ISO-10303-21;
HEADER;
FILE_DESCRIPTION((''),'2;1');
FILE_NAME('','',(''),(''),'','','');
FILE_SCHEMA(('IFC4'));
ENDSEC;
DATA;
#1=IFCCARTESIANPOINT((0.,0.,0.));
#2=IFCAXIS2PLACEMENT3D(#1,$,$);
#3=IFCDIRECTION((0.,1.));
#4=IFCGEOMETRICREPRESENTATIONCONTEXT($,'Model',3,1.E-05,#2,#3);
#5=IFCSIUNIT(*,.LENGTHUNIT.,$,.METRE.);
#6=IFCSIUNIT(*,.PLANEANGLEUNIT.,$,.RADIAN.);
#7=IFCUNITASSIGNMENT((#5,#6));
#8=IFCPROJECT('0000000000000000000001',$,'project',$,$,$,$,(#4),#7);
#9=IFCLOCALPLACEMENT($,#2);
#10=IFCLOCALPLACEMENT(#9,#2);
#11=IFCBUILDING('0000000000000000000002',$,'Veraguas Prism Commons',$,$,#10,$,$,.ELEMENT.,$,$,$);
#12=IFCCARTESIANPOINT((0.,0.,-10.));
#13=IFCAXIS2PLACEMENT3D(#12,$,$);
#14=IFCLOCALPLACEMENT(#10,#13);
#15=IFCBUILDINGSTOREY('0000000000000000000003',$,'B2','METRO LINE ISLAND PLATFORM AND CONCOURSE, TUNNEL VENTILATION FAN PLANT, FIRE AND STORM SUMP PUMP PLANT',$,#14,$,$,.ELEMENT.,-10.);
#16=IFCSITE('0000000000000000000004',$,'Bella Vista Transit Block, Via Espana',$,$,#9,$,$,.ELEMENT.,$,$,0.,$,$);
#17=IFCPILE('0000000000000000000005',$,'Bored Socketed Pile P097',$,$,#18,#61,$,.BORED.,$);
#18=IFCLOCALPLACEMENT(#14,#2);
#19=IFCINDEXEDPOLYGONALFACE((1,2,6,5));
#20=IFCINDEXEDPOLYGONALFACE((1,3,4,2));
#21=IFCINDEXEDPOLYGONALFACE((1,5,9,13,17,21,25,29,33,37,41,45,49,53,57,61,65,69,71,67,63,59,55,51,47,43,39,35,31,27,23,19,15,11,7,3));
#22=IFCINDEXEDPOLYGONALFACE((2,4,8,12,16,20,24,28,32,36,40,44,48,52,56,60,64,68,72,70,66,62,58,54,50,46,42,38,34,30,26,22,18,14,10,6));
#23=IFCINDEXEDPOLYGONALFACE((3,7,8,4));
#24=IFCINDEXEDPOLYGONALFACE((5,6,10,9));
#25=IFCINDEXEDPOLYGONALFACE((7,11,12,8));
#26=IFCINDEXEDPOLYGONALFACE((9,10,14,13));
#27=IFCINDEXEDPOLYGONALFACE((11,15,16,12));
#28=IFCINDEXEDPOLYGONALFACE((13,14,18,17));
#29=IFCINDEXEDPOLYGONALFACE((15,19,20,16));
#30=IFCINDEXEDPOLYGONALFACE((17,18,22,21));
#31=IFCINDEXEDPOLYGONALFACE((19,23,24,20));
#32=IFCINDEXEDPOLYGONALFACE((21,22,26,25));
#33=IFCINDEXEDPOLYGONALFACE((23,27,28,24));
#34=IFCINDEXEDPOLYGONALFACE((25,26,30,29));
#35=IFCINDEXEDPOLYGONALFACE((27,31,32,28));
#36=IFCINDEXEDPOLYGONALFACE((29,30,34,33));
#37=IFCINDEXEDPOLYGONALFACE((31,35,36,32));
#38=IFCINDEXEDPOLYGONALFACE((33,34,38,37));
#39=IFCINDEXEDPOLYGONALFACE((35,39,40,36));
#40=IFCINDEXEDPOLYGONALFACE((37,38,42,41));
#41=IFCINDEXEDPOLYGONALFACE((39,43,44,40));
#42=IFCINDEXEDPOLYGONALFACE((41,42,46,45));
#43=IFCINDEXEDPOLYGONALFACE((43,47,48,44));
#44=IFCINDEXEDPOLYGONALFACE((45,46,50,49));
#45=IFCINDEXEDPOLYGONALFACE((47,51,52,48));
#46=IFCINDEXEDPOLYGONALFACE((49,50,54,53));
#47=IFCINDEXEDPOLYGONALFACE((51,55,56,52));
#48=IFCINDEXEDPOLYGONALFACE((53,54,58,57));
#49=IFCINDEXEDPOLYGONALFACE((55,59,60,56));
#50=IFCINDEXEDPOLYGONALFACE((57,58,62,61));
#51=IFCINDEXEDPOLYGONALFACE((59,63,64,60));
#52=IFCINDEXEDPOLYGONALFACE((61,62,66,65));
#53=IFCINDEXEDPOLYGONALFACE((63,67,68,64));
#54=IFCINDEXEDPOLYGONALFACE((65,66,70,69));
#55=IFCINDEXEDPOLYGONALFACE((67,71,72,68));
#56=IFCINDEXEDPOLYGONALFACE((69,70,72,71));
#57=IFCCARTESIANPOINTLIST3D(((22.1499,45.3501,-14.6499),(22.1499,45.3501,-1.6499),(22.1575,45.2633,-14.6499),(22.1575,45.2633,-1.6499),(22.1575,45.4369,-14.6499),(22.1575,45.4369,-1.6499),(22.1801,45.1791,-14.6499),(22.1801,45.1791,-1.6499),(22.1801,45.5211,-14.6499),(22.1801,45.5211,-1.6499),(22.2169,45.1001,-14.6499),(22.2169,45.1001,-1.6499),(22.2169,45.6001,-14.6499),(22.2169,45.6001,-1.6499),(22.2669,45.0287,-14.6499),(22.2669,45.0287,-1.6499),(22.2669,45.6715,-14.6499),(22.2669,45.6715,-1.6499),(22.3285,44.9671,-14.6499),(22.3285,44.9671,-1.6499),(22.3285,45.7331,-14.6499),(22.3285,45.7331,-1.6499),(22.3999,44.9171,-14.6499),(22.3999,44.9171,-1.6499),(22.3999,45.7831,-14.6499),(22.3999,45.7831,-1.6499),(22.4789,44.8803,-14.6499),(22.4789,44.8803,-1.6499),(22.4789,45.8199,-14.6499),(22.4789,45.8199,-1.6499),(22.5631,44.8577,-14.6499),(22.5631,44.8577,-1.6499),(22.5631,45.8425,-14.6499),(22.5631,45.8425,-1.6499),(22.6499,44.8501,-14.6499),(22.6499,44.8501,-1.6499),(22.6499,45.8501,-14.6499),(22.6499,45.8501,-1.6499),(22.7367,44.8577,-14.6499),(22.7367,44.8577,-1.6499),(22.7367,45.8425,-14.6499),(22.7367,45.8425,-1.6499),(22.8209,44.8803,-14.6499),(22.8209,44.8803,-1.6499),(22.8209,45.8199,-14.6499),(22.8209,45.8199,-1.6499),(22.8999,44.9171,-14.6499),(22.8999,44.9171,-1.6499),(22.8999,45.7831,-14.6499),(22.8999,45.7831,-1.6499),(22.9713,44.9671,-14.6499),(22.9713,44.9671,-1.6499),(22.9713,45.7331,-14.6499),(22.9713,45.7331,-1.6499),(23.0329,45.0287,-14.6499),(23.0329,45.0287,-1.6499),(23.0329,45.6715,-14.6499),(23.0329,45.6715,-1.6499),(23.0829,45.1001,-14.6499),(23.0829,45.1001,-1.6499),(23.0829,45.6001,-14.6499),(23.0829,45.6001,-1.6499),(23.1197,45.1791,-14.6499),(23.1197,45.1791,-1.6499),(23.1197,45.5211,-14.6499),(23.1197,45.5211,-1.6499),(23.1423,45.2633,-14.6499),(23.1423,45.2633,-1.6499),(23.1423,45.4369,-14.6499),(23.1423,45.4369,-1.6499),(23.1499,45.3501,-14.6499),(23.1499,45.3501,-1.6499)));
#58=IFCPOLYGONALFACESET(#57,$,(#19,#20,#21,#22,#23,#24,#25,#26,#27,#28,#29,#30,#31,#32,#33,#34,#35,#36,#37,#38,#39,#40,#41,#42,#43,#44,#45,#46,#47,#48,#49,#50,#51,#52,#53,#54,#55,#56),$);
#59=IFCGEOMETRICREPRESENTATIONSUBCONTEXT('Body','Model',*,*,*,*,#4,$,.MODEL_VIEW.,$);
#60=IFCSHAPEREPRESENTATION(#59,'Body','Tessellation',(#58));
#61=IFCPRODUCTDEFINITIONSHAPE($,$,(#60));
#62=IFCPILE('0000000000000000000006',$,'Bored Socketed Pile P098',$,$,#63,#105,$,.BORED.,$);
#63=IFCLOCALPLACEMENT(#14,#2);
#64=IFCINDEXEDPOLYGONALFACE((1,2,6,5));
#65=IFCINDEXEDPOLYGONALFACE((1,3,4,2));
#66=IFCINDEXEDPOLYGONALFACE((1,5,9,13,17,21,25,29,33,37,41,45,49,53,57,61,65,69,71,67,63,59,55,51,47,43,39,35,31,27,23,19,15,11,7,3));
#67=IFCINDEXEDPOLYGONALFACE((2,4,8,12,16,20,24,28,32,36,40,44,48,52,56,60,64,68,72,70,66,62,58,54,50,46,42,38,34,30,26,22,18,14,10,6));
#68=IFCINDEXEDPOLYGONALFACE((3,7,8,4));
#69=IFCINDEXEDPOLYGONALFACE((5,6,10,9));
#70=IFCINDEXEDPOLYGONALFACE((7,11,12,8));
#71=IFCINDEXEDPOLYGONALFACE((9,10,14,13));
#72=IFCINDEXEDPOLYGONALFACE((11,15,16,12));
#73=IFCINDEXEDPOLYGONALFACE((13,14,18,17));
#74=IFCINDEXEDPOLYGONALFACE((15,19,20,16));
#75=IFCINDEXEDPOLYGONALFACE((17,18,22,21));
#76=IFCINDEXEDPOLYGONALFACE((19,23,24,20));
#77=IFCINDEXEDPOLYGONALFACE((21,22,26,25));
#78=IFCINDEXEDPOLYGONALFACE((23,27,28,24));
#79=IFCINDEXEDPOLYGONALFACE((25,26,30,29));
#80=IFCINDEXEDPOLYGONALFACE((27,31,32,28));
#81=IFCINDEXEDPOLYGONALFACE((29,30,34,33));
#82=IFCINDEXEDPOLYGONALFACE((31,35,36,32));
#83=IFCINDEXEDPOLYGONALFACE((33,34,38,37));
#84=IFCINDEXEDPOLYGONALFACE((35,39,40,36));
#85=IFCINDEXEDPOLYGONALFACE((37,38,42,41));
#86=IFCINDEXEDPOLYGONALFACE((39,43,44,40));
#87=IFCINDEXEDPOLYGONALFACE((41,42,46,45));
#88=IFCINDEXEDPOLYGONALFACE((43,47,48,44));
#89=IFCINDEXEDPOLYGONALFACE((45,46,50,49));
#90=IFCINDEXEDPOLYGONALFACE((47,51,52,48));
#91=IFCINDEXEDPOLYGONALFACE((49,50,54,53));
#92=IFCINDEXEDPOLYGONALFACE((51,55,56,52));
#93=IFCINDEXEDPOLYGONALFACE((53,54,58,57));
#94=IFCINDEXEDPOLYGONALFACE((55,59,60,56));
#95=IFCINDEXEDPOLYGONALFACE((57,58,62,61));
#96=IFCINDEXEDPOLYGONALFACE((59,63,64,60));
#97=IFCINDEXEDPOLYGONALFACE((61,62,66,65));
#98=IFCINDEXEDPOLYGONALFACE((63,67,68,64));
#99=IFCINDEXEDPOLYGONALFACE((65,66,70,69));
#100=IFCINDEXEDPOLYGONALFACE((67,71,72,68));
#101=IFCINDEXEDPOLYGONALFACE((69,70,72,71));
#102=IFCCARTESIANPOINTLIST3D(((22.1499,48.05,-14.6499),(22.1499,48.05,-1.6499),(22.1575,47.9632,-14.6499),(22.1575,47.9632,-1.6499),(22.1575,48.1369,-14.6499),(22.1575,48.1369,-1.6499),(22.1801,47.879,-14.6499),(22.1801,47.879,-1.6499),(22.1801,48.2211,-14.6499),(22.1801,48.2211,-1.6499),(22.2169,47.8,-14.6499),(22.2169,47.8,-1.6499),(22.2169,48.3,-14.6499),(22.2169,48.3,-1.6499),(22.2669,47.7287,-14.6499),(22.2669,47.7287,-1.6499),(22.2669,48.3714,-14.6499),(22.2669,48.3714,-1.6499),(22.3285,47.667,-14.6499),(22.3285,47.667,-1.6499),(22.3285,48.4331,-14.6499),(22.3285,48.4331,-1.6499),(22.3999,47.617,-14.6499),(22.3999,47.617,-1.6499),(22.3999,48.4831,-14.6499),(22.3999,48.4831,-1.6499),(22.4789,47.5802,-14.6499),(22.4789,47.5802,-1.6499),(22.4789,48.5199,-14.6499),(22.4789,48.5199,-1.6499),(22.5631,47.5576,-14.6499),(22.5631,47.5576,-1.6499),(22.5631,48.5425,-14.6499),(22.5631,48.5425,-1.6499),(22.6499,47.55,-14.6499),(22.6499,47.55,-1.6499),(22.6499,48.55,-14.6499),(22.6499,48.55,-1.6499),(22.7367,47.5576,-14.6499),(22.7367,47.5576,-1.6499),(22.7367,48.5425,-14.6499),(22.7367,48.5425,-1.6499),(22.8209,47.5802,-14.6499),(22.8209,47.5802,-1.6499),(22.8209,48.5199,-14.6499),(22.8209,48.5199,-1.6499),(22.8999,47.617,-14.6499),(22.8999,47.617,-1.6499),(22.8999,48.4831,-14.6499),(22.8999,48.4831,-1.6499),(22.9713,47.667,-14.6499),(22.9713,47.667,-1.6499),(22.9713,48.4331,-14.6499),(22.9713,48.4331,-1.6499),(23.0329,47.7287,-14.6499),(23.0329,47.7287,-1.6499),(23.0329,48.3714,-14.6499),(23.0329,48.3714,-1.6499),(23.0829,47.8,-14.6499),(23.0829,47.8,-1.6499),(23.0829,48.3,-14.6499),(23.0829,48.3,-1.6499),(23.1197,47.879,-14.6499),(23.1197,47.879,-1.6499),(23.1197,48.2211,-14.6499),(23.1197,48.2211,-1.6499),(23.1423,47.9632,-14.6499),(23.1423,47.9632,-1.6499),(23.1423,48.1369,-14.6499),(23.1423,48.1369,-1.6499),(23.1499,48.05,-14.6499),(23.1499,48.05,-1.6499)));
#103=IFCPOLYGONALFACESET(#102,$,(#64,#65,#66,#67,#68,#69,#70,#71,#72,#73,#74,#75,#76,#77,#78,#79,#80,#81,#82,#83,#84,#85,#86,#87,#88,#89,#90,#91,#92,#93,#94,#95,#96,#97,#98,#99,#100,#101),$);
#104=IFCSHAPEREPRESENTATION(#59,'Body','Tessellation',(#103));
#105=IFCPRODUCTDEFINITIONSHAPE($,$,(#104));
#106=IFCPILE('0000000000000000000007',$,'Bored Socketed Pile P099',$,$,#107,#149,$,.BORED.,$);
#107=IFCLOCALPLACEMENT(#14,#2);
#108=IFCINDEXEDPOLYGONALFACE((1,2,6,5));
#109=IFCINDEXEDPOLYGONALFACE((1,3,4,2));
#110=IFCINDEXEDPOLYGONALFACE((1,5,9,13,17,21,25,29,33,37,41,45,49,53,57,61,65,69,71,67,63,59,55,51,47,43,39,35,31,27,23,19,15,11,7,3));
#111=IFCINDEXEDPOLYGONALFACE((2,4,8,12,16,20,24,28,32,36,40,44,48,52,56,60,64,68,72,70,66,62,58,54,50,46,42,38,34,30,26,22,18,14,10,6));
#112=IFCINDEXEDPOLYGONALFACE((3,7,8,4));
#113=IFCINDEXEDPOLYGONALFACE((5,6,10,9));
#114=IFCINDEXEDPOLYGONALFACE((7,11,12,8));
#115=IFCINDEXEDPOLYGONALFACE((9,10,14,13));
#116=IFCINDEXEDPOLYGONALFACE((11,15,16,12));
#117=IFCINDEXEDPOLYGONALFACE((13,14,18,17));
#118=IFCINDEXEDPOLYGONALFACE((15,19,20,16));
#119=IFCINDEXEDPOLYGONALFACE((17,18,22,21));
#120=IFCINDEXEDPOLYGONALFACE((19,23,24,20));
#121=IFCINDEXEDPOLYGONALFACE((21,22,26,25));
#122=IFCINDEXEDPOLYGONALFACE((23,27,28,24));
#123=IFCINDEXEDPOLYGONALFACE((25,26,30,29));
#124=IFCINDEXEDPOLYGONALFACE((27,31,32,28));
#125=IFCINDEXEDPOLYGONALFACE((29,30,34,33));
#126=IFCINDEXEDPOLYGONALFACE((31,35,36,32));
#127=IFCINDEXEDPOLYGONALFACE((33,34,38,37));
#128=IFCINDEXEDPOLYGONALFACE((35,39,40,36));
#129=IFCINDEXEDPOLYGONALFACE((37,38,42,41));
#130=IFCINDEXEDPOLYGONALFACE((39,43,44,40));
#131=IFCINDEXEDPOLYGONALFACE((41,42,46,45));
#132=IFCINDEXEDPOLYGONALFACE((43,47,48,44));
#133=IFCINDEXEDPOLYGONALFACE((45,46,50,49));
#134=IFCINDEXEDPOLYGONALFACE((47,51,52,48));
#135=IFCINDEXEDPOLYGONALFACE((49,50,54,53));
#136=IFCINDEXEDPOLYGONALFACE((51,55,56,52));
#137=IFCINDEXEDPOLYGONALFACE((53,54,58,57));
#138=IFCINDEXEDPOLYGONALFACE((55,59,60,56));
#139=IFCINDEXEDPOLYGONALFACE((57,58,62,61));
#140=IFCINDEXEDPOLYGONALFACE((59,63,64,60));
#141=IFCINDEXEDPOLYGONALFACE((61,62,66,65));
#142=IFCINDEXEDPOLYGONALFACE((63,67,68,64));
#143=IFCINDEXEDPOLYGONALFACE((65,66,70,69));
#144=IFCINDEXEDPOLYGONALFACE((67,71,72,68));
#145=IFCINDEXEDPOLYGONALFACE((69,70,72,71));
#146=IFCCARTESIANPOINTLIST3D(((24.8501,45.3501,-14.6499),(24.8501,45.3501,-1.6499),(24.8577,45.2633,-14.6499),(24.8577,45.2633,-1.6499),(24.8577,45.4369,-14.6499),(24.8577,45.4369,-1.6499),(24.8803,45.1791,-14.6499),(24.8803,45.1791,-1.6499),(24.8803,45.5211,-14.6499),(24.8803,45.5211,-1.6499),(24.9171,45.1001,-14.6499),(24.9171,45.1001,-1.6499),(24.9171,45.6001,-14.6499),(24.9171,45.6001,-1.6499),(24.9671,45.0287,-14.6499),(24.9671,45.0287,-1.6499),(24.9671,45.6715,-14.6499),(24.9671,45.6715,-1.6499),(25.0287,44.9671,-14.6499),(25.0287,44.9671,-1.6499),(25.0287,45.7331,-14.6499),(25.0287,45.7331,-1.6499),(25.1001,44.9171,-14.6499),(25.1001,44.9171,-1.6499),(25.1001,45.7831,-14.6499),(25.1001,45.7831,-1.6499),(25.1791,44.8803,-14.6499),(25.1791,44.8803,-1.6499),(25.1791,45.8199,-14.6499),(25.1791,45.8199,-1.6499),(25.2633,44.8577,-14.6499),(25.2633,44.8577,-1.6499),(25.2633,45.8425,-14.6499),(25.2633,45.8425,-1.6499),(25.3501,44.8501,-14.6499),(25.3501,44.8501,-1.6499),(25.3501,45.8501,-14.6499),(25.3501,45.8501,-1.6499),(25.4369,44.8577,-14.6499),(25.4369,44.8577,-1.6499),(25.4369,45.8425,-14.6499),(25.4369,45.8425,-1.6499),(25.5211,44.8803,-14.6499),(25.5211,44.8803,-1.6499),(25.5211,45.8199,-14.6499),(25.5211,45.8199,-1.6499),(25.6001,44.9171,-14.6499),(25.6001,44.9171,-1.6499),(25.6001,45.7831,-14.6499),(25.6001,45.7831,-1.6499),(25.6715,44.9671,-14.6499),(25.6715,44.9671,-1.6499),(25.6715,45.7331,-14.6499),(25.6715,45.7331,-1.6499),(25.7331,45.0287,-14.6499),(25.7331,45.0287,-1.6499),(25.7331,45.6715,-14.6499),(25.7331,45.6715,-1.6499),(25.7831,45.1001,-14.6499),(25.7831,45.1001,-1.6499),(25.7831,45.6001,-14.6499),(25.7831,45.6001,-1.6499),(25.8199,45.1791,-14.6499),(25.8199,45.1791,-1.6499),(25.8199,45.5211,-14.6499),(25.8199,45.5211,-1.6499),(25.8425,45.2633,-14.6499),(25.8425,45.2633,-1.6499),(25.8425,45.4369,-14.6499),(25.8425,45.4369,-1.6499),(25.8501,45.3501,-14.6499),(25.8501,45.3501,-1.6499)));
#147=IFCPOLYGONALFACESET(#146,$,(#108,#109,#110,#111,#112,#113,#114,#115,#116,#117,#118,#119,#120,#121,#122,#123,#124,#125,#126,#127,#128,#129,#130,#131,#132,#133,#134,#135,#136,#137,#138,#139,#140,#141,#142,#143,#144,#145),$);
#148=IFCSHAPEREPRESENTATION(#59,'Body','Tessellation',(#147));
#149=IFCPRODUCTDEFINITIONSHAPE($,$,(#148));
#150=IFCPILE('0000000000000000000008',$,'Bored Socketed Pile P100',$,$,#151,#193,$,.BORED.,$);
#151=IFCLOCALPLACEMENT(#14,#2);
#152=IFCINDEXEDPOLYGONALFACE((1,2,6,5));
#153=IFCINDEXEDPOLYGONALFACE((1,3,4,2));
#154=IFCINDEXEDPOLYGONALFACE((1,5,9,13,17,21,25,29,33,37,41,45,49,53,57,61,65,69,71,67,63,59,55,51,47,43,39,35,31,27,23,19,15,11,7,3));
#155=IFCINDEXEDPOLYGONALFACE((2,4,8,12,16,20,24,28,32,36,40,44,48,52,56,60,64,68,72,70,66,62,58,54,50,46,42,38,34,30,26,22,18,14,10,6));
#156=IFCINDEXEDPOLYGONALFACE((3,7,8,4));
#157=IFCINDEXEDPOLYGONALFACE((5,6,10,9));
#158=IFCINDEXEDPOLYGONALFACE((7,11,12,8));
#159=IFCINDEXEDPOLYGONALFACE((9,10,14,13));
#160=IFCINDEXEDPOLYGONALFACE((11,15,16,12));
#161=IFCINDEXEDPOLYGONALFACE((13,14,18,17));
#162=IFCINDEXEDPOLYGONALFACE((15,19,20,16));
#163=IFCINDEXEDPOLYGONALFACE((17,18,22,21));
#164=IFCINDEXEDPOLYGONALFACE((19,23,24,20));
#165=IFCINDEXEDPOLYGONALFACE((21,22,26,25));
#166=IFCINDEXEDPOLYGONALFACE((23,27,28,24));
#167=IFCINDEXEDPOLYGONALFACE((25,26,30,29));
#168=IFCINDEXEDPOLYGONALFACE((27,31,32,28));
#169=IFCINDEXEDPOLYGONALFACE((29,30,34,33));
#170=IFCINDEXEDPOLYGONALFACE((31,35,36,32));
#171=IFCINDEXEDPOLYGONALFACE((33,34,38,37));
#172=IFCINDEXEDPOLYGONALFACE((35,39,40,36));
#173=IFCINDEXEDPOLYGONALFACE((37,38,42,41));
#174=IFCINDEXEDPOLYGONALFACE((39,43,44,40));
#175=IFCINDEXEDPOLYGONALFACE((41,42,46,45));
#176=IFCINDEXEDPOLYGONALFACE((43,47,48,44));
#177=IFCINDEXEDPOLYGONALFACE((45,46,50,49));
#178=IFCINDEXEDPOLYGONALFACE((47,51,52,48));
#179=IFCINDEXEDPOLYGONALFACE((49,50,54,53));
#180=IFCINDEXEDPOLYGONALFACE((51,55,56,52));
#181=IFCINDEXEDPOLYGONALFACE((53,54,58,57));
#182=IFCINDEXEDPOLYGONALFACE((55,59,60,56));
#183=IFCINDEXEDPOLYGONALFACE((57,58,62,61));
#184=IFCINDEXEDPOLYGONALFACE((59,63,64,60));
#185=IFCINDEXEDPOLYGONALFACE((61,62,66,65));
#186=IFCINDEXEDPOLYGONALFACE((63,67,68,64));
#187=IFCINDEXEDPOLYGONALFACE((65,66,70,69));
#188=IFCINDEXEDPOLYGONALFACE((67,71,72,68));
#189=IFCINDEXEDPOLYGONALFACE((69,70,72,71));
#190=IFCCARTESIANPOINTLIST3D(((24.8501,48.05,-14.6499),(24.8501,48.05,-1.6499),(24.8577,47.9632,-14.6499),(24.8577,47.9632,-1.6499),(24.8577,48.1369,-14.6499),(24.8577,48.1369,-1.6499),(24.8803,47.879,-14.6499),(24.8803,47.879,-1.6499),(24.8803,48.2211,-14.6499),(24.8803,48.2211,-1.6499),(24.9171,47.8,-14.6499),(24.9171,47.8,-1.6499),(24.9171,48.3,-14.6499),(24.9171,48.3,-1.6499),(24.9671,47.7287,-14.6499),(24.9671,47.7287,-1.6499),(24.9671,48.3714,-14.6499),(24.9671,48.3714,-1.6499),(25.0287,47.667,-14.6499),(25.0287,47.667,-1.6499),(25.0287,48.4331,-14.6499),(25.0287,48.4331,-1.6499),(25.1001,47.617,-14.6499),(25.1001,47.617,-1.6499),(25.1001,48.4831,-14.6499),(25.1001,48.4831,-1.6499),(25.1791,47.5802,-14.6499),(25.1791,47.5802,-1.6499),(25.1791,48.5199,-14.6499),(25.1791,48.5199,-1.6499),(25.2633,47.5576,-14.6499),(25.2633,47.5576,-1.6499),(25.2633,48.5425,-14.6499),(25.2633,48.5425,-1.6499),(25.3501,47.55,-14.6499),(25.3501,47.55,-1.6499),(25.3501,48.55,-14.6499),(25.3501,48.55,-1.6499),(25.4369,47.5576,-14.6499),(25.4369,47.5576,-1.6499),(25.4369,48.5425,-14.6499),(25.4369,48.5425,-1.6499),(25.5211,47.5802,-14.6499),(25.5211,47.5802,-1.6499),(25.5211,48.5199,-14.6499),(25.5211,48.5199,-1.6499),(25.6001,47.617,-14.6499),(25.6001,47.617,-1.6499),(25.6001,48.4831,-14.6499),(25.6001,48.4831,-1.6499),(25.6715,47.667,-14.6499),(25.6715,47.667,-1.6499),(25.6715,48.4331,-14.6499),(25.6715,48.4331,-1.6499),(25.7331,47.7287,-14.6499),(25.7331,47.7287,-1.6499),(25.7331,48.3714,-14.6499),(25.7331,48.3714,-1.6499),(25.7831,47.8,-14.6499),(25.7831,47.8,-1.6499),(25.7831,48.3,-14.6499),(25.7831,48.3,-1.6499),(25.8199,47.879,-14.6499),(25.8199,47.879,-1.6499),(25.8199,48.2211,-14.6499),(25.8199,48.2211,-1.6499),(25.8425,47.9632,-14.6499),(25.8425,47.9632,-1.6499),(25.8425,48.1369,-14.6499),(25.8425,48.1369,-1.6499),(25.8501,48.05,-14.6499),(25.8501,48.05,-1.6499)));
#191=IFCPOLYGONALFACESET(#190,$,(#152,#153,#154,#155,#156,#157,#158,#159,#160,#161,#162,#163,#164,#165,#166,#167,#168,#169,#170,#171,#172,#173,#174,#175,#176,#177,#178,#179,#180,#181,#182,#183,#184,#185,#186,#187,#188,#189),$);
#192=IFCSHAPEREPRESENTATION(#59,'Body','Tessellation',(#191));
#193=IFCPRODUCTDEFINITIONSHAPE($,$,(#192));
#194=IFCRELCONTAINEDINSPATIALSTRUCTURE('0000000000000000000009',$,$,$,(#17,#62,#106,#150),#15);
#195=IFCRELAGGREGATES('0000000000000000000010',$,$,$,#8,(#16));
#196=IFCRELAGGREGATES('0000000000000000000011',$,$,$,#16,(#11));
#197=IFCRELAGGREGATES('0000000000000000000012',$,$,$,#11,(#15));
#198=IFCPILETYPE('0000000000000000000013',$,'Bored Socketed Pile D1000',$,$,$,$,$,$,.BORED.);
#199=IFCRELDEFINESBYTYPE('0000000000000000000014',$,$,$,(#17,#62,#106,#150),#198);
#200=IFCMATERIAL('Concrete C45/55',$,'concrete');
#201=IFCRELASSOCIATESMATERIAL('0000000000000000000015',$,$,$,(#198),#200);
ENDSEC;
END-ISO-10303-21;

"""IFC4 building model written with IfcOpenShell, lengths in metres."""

from ifc_helpers import new_model, si_unit, direction, frame, origin, origin_2d, place, context, subcontext, project, spatial, circle, extrude, source, transform, mapped, material, material_profile, profile_set, type_object, element, save


model = new_model("IFC4")

# Units and contexts
model_context = context("Model", 3, precision=1e-05, world=origin(), true_north=direction((0.0, 1.0)))
body_context = subcontext(model_context, "Body", "Model", "MODEL_VIEW")
ifc_project = project(units=[si_unit("LENGTHUNIT", "METRE"), si_unit("PLANEANGLEUNIT", "RADIAN")], contexts=[model_context])

# Site, building, storey
site_placement = place(None, origin())
site = spatial("IfcSite", under=ifc_project, at=site_placement, Name="Bella Vista Transit Block, Via Espana", CompositionType="ELEMENT", RefElevation=0.0)
building_placement = place(site_placement, origin())
building = spatial("IfcBuilding", under=site, at=building_placement, Name="Veraguas Prism Commons", CompositionType="ELEMENT")
storey_placement = place(building_placement, frame((0.0, 0.0, -10.0)))
storey = spatial("IfcBuildingStorey", under=building, at=storey_placement, Name="B2", Description="METRO LINE ISLAND PLATFORM AND CONCOURSE, TUNNEL VENTILATION FAN PLANT, FIRE AND STORM SUMP PUMP PLANT", CompositionType="ELEMENT", Elevation=-10.0)

# Shared definitions
ifc_material_1 = material(Name="Concrete C45/55", Category="concrete")

# Piles
ifc_material_profile_1 = material_profile(ifc_material_1, circle(Radius=0.5, at=origin_2d()), Name="PILE1000")
ifc_profile_set_1 = profile_set([ifc_material_profile_1], Name="Concrete C45/55")
pile_type_1 = type_object("IfcPileType", Name="Bored Socketed Pile D1000", PredefinedType="BORED", material=ifc_profile_set_1)
shared_shape_1 = source(origin(), body_context, "Body", "SweptSolid", [
    extrude(circle(Radius=0.5, at=origin_2d()), origin(), (0.0, 0.0, 1.0), 13.0),
])
for number, where, z_axis, x_axis, name in (
    (1, (22.6499, 45.3501, -1.6499), (0.0, 0.0, -1.0), (1.0, 0.0, 0.0), "Bored Socketed Pile P097"),
    (2, (22.6499, 48.05, -1.6499), (0.0, 0.0, -1.0), (1.0, 0.0, 0.0), "Bored Socketed Pile P098"),
    (3, (25.3501, 45.3501, -1.6499), (0.0, 0.0, -1.0), (1.0, 0.0, 0.0), "Bored Socketed Pile P099"),
    (4, (25.3501, 48.05, -1.6499), (0.0, 0.0, -1.0), (1.0, 0.0, 0.0), "Bored Socketed Pile P100"),
):
    element("IfcPile", number, at=place(storey_placement, frame(where, z_axis=z_axis, x_axis=x_axis)), inside=storey, type_object=pile_type_1, Name=name, PredefinedType="BORED", context=body_context, shape_type="MappedRepresentation", body=[
        mapped(shared_shape_1, transform((0.0, 0.0, 0.0), scale=1.0)),
    ])

save(model, "model.ifc")
